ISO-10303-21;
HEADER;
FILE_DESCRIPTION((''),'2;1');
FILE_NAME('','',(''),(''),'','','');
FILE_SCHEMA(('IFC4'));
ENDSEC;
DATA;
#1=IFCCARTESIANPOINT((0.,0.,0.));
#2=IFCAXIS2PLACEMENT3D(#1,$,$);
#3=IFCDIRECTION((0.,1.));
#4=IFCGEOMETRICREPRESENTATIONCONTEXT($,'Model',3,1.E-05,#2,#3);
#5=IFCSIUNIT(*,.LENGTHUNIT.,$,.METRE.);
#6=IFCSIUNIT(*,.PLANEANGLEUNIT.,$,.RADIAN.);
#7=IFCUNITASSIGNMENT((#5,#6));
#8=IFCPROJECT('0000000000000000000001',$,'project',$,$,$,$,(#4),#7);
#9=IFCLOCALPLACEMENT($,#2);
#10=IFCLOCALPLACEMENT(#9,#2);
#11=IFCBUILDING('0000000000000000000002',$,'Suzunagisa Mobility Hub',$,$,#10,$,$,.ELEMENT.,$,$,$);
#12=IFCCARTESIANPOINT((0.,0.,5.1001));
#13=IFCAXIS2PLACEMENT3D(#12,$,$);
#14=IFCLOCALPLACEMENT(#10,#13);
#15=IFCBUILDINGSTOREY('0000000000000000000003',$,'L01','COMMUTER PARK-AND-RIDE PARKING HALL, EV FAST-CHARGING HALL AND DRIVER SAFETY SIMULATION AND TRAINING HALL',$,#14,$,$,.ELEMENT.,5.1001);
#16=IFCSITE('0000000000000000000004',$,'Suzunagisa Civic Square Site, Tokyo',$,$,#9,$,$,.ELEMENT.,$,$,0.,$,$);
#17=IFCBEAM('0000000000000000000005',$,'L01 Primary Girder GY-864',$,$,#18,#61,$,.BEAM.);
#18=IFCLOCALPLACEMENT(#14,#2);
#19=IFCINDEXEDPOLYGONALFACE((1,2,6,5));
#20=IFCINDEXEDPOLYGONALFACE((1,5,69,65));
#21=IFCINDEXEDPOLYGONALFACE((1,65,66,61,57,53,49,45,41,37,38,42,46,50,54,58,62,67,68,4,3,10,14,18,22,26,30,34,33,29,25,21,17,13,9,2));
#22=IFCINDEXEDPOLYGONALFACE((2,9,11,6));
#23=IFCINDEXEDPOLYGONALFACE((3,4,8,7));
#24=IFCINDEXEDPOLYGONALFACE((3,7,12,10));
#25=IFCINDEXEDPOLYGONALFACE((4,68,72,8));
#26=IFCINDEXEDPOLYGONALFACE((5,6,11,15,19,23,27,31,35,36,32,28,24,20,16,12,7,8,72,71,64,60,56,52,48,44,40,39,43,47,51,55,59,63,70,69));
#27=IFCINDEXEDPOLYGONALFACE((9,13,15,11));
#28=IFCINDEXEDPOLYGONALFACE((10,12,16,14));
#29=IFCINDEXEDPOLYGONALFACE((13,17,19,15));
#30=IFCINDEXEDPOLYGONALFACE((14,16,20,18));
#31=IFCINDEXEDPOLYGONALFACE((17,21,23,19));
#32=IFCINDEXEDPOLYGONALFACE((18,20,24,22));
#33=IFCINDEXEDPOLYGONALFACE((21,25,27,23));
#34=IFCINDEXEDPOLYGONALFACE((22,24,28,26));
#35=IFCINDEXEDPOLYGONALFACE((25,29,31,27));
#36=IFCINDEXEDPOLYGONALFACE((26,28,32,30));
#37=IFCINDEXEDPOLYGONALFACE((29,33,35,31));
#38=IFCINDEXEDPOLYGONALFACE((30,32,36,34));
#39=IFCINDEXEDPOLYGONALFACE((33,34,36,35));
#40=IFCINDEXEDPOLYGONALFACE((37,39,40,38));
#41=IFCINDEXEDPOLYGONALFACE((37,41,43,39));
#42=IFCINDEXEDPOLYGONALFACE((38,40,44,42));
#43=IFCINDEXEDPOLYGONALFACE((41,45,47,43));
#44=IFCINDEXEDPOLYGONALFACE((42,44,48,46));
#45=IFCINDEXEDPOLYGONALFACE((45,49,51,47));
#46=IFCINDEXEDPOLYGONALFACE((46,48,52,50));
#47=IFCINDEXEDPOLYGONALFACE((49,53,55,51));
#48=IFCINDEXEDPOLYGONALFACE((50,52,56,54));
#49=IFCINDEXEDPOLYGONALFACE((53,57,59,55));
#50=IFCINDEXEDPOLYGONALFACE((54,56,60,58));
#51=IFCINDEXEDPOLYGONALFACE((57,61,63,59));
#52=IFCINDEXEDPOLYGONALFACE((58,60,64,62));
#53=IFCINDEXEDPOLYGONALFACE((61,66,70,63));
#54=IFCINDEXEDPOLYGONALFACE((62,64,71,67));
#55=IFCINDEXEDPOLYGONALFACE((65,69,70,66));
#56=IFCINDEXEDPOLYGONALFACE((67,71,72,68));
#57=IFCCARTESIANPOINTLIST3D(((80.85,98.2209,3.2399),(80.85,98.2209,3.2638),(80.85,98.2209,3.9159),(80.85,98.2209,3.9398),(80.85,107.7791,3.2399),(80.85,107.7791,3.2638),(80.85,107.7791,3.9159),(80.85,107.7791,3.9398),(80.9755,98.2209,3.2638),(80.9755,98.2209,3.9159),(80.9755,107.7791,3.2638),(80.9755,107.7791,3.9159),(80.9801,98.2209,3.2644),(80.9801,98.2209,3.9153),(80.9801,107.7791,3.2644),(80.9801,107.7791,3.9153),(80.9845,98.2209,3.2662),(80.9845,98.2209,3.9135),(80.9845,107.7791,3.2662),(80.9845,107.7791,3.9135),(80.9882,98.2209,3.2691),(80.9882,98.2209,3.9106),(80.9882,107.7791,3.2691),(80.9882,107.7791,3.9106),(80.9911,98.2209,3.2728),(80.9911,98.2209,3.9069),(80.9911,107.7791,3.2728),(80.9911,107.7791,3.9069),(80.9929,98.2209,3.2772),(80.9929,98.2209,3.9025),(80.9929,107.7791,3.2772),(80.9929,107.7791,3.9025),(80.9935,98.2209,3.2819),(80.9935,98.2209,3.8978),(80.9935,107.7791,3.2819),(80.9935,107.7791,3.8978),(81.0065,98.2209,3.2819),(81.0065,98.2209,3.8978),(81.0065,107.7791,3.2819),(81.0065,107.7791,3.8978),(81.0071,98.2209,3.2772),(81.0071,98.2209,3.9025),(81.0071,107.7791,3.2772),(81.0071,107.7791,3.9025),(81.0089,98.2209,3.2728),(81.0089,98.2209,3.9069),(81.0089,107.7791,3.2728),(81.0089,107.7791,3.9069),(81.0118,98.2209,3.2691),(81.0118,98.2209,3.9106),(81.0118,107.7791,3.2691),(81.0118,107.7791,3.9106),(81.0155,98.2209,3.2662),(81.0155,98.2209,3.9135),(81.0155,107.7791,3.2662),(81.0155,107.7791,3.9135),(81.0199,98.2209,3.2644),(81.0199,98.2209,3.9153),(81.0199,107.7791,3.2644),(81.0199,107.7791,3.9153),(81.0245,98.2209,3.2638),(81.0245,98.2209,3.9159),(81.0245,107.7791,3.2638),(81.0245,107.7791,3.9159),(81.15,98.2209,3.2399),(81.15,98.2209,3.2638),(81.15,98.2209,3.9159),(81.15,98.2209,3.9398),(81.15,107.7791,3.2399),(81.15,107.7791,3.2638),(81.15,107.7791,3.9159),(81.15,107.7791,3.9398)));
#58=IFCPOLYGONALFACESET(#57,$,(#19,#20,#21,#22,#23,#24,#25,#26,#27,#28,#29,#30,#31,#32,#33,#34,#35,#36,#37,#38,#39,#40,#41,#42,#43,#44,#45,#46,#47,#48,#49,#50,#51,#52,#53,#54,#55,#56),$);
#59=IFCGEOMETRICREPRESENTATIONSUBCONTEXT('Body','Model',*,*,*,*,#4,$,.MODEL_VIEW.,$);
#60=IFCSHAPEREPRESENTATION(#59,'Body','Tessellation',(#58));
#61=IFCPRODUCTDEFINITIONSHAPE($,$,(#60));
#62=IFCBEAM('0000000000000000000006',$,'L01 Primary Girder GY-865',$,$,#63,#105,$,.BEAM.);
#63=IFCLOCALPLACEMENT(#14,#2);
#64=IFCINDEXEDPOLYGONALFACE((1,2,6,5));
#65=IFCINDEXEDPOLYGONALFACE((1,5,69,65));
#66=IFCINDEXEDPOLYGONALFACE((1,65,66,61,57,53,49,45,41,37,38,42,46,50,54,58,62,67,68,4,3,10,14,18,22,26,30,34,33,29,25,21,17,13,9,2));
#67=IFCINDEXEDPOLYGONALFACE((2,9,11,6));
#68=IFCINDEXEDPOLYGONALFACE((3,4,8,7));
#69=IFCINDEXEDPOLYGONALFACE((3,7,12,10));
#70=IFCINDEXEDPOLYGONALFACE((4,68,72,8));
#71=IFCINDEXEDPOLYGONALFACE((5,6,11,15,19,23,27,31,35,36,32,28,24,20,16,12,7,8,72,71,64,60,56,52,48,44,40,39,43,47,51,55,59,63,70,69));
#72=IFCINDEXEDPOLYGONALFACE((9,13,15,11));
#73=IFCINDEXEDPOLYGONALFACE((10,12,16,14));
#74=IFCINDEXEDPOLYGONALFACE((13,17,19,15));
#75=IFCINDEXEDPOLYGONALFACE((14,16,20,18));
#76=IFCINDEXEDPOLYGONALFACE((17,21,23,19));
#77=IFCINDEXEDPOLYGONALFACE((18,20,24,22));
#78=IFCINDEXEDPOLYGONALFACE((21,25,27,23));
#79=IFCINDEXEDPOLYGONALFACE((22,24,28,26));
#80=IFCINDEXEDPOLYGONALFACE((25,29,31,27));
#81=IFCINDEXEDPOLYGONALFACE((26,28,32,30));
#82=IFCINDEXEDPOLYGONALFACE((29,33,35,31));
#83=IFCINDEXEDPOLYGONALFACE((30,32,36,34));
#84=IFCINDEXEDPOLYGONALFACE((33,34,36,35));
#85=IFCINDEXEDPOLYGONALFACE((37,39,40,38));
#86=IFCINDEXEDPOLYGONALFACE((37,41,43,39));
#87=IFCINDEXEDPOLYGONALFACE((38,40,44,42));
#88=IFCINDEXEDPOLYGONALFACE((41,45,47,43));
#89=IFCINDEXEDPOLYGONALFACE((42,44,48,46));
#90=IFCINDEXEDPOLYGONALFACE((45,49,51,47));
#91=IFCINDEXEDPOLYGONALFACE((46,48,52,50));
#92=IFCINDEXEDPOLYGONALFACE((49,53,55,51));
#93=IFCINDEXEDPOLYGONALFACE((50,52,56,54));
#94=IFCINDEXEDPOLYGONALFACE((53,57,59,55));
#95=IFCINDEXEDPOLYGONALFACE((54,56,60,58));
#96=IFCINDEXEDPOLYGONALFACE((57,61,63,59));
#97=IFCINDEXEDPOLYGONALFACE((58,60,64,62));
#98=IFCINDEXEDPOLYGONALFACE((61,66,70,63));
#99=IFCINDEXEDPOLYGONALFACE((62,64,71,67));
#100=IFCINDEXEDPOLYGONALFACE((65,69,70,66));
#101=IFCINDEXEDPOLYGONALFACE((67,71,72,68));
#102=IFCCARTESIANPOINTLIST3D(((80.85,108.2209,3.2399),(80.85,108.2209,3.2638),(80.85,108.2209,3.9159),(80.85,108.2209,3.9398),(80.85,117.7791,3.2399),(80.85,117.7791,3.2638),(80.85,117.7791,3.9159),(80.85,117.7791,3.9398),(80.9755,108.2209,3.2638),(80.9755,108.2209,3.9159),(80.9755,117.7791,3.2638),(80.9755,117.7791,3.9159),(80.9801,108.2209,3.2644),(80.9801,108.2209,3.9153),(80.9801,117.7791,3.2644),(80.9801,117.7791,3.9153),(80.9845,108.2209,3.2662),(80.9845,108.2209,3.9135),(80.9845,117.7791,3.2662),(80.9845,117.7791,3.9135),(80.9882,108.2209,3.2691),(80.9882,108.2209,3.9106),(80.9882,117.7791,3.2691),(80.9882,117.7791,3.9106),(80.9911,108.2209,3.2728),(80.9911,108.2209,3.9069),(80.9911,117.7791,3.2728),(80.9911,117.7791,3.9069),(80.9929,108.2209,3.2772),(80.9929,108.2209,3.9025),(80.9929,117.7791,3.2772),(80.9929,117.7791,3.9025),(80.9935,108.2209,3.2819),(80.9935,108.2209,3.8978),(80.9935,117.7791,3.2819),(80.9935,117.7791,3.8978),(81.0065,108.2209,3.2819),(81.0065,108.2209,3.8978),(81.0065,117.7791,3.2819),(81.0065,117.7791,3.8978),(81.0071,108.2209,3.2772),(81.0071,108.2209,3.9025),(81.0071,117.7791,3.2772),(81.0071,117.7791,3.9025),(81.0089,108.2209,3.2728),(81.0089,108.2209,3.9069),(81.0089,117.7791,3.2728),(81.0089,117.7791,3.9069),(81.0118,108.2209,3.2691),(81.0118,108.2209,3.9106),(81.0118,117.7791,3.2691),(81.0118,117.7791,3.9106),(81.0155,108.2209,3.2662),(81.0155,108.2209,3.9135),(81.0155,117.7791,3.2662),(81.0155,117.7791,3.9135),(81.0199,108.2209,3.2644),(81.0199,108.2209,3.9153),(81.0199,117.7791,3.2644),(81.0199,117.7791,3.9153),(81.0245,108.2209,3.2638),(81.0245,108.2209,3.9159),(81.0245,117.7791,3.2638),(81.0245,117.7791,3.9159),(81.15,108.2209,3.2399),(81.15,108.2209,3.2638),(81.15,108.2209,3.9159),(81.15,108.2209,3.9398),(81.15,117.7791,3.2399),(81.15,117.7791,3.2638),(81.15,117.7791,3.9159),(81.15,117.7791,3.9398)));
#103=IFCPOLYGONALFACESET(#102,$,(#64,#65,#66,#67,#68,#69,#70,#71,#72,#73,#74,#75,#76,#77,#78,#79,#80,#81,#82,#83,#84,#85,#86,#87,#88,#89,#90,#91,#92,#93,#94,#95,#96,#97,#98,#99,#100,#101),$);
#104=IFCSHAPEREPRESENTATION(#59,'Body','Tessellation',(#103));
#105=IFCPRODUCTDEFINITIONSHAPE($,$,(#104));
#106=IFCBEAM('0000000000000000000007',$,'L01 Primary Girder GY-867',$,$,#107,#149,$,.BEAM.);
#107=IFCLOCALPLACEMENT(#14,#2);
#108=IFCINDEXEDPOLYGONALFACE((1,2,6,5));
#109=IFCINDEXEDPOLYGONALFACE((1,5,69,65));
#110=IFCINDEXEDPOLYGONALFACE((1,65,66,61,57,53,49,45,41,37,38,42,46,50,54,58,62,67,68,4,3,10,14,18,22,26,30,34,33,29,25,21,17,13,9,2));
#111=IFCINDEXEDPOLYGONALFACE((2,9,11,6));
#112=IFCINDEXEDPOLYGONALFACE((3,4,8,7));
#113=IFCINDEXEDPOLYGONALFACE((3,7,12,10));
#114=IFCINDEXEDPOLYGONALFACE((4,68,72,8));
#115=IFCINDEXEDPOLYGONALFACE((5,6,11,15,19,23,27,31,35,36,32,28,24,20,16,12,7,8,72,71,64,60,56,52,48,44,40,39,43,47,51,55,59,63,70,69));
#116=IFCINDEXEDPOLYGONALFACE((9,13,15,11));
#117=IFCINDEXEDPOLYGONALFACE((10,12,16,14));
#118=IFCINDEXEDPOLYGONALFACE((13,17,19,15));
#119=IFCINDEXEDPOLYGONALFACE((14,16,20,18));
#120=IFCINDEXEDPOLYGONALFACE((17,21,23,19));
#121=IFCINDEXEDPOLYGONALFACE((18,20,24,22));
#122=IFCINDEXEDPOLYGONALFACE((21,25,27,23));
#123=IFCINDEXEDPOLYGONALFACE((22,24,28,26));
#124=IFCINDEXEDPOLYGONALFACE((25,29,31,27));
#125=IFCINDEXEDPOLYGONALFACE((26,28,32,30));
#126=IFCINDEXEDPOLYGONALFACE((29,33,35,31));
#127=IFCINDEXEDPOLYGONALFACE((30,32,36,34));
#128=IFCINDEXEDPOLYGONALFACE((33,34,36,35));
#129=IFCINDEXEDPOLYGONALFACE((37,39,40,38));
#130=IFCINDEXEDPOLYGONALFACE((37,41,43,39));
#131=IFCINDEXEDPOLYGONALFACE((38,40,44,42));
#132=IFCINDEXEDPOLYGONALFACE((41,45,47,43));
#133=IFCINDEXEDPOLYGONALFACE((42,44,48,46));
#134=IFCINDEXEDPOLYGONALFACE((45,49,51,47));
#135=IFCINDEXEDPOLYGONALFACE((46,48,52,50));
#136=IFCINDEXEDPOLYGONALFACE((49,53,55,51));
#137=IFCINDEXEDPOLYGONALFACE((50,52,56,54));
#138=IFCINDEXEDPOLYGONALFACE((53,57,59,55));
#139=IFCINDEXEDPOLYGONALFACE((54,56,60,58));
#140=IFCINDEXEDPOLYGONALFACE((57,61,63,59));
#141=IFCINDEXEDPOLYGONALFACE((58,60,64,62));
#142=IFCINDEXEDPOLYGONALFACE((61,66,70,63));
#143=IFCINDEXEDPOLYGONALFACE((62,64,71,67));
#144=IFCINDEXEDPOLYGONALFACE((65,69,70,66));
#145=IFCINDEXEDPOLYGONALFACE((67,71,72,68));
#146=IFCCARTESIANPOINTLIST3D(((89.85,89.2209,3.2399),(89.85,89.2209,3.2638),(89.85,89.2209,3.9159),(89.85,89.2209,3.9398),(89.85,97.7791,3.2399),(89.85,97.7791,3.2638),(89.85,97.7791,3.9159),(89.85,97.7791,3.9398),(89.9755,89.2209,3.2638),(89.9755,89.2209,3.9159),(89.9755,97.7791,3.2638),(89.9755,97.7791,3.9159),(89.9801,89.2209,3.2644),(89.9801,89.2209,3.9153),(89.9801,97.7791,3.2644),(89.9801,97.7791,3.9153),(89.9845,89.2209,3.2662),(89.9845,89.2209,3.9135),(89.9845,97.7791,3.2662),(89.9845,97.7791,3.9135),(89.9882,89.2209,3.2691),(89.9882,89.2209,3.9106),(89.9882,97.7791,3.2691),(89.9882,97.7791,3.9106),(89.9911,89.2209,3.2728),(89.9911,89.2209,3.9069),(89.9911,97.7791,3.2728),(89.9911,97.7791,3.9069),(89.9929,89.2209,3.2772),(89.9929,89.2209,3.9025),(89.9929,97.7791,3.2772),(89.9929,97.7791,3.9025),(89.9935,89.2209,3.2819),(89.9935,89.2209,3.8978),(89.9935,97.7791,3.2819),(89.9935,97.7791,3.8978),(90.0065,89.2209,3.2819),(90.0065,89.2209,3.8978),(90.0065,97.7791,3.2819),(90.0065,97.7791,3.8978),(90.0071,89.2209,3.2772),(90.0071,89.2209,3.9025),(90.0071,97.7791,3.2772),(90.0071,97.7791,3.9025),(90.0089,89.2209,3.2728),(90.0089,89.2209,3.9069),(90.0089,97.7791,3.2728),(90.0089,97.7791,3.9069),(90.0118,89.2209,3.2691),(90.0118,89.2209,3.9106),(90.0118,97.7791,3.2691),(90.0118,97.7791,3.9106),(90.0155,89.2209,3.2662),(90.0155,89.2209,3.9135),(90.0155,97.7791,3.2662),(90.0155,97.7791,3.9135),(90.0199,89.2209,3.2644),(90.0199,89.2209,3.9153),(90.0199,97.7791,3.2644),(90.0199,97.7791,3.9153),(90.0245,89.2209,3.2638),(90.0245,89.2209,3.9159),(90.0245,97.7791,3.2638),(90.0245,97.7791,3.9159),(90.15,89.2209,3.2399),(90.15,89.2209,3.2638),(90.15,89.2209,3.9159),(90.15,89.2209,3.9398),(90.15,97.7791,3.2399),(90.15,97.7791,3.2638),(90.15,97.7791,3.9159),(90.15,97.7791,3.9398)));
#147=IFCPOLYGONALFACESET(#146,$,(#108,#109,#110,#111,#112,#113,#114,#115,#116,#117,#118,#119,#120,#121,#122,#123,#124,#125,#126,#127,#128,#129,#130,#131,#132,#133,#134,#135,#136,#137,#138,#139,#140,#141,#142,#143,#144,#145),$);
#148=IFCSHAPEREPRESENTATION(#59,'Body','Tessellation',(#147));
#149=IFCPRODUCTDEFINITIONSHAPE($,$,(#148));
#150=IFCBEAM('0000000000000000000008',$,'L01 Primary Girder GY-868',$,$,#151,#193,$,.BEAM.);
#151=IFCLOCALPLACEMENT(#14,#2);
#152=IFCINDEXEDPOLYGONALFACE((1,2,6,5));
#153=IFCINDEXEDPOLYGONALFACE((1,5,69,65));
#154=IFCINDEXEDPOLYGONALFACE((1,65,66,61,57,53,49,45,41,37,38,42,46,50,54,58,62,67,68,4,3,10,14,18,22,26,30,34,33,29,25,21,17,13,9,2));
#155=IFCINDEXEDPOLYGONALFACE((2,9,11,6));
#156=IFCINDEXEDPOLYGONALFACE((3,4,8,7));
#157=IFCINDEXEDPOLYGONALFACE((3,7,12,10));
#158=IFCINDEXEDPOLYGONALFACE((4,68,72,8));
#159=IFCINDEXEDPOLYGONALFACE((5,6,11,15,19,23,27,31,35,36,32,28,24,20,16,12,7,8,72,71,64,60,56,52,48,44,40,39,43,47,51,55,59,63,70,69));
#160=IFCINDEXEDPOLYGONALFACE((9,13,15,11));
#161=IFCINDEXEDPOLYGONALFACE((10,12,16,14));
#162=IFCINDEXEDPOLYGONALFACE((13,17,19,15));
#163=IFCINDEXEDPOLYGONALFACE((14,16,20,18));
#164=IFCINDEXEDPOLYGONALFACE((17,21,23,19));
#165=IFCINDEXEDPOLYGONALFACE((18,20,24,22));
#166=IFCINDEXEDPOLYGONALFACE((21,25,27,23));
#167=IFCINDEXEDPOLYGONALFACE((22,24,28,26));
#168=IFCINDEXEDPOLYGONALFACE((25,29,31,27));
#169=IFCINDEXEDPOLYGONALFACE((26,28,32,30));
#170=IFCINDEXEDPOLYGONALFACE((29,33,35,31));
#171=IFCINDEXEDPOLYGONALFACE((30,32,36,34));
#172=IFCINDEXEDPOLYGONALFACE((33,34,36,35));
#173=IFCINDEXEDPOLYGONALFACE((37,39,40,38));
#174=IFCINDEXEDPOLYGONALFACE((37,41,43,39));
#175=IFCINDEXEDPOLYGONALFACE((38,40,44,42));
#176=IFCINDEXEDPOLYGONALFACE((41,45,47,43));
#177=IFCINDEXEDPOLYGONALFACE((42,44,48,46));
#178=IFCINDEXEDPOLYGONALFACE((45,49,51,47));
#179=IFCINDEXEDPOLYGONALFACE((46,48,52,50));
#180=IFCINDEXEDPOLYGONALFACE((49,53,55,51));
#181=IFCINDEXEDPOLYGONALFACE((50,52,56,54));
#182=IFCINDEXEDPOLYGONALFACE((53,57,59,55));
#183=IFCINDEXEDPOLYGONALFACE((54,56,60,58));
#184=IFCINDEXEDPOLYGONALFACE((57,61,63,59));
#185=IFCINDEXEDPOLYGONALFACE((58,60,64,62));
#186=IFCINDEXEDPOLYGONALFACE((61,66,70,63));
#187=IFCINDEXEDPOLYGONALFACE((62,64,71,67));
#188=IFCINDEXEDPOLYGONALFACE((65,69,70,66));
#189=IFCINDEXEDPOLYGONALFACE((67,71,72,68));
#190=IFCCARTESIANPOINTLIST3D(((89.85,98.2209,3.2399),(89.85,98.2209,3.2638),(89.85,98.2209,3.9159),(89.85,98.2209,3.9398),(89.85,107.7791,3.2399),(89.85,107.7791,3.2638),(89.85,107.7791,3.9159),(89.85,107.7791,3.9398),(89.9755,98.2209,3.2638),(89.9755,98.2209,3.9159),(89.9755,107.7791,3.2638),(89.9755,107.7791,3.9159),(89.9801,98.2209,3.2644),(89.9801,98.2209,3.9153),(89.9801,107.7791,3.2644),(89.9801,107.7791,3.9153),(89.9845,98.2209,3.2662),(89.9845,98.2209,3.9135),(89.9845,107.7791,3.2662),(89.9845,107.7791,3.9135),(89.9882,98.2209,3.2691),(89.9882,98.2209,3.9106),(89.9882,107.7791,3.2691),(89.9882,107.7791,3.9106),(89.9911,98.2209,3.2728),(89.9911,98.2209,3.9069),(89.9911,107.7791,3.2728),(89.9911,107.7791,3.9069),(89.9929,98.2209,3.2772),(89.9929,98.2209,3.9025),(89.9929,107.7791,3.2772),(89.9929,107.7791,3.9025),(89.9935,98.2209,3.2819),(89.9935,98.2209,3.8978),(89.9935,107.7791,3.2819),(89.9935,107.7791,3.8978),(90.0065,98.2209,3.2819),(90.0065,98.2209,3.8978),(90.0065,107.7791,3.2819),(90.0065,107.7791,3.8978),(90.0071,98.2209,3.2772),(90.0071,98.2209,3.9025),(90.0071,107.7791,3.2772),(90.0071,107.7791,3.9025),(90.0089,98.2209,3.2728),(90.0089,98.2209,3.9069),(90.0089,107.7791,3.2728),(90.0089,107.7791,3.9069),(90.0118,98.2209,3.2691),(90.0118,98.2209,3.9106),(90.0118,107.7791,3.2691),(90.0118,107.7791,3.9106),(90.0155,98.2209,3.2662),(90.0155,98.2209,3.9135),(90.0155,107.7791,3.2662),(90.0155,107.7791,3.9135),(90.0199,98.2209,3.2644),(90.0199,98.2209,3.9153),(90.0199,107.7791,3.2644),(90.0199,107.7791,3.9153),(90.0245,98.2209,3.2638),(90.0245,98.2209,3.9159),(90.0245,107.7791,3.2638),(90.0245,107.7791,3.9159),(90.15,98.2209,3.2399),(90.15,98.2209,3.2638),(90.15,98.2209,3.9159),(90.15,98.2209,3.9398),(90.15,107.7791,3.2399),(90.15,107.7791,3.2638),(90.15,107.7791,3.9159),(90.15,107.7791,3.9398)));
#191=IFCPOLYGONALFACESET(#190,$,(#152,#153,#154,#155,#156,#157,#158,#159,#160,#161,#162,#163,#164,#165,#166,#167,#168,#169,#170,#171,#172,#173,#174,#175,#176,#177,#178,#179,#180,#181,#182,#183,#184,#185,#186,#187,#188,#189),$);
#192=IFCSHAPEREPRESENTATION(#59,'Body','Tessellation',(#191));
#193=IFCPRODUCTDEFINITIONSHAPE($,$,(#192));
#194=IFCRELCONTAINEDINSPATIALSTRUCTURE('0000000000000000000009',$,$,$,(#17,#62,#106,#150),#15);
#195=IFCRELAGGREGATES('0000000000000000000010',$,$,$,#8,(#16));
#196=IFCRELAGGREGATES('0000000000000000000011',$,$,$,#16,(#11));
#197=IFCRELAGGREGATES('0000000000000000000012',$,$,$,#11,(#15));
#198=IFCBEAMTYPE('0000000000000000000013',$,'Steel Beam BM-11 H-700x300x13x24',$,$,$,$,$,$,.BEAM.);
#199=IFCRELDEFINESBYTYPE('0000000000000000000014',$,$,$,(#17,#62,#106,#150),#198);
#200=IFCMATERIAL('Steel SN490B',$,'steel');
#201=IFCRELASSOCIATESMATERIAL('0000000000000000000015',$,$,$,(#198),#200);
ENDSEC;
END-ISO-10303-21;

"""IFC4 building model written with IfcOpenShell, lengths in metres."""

from ifc_helpers import new_model, si_unit, direction, frame, origin, origin_2d, place, context, subcontext, project, spatial, i_section, extrude, material, material_profile, profile_set, type_object, element, save


model = new_model("IFC4")

# Units and contexts
model_context = context("Model", 3, precision=1e-05, world=origin(), true_north=direction((0.0, 1.0)))
body_context = subcontext(model_context, "Body", "Model", "MODEL_VIEW")
ifc_project = project(units=[si_unit("LENGTHUNIT", "METRE"), si_unit("PLANEANGLEUNIT", "RADIAN")], contexts=[model_context])

# Site, building, storey
site_placement = place(None, origin())
site = spatial("IfcSite", under=ifc_project, at=site_placement, Name="Suzunagisa Civic Square Site, Tokyo", CompositionType="ELEMENT", RefElevation=0.0)
building_placement = place(site_placement, origin())
building = spatial("IfcBuilding", under=site, at=building_placement, Name="Suzunagisa Mobility Hub", CompositionType="ELEMENT")
storey_placement = place(building_placement, frame((0.0, 0.0, 5.1001)))
storey = spatial("IfcBuildingStorey", under=building, at=storey_placement, Name="L01", Description="COMMUTER PARK-AND-RIDE PARKING HALL, EV FAST-CHARGING HALL AND DRIVER SAFETY SIMULATION AND TRAINING HALL", CompositionType="ELEMENT", Elevation=5.1001)

# Shared definitions
ifc_material_1 = material(Name="Steel SN490B", Category="steel")

# Beams
ifc_material_profile_1 = material_profile(ifc_material_1, i_section(OverallWidth=0.3, OverallDepth=0.7, WebThickness=0.0129, FlangeThickness=0.0239, FilletRadius=0.0181, at=origin_2d()), Name="H-700x300x13x24")
ifc_profile_set_1 = profile_set([ifc_material_profile_1], Name="Steel SN490B")
beam_type_1 = type_object("IfcBeamType", Name="Steel Beam BM-11 H-700x300x13x24", PredefinedType="BEAM", material=ifc_profile_set_1)
for number, where, z_axis, x_axis, name in (
    (1, (81.0, 98.2209, 3.5898), (0.0, 1.0, 0.0), (-1.0, 0.0, 0.0), "L01 Primary Girder GY-864"),
    (2, (81.0, 108.2209, 3.5898), (0.0, 1.0, 0.0), (-1.0, 0.0, 0.0), "L01 Primary Girder GY-865"),
):
    element("IfcBeam", number, at=place(storey_placement, frame(where, z_axis=z_axis, x_axis=x_axis)), inside=storey, type_object=beam_type_1, Name=name, PredefinedType="BEAM", context=body_context, shape_type="SweptSolid", body=[
        extrude(i_section(OverallWidth=0.3, OverallDepth=0.7, WebThickness=0.0129, FlangeThickness=0.0239, FilletRadius=0.0181, at=origin_2d()), origin(), (0.0, 0.0, 1.0), 9.5581),
    ])
beam_1_placement = place(storey_placement, frame((90.0, 89.2209, 3.5898), z_axis=(0.0, 1.0, 0.0), x_axis=(-1.0, 0.0, 0.0)))
element("IfcBeam", 3, at=beam_1_placement, inside=storey, type_object=beam_type_1, Name="L01 Primary Girder GY-867", PredefinedType="BEAM", context=body_context, shape_type="SweptSolid", body=[
    extrude(i_section(OverallWidth=0.3, OverallDepth=0.7, WebThickness=0.0129, FlangeThickness=0.0239, FilletRadius=0.0181, at=origin_2d()), origin(), (0.0, 0.0, 1.0), 8.5581),
])
beam_2_placement = place(storey_placement, frame((90.0, 98.2209, 3.5898), z_axis=(0.0, 1.0, 0.0), x_axis=(-1.0, 0.0, 0.0)))
element("IfcBeam", 4, at=beam_2_placement, inside=storey, type_object=beam_type_1, Name="L01 Primary Girder GY-868", PredefinedType="BEAM", context=body_context, shape_type="SweptSolid", body=[
    extrude(i_section(OverallWidth=0.3, OverallDepth=0.7, WebThickness=0.0129, FlangeThickness=0.0239, FilletRadius=0.0181, at=origin_2d()), origin(), (0.0, 0.0, 1.0), 9.5581),
])

save(model, "model.ifc")
